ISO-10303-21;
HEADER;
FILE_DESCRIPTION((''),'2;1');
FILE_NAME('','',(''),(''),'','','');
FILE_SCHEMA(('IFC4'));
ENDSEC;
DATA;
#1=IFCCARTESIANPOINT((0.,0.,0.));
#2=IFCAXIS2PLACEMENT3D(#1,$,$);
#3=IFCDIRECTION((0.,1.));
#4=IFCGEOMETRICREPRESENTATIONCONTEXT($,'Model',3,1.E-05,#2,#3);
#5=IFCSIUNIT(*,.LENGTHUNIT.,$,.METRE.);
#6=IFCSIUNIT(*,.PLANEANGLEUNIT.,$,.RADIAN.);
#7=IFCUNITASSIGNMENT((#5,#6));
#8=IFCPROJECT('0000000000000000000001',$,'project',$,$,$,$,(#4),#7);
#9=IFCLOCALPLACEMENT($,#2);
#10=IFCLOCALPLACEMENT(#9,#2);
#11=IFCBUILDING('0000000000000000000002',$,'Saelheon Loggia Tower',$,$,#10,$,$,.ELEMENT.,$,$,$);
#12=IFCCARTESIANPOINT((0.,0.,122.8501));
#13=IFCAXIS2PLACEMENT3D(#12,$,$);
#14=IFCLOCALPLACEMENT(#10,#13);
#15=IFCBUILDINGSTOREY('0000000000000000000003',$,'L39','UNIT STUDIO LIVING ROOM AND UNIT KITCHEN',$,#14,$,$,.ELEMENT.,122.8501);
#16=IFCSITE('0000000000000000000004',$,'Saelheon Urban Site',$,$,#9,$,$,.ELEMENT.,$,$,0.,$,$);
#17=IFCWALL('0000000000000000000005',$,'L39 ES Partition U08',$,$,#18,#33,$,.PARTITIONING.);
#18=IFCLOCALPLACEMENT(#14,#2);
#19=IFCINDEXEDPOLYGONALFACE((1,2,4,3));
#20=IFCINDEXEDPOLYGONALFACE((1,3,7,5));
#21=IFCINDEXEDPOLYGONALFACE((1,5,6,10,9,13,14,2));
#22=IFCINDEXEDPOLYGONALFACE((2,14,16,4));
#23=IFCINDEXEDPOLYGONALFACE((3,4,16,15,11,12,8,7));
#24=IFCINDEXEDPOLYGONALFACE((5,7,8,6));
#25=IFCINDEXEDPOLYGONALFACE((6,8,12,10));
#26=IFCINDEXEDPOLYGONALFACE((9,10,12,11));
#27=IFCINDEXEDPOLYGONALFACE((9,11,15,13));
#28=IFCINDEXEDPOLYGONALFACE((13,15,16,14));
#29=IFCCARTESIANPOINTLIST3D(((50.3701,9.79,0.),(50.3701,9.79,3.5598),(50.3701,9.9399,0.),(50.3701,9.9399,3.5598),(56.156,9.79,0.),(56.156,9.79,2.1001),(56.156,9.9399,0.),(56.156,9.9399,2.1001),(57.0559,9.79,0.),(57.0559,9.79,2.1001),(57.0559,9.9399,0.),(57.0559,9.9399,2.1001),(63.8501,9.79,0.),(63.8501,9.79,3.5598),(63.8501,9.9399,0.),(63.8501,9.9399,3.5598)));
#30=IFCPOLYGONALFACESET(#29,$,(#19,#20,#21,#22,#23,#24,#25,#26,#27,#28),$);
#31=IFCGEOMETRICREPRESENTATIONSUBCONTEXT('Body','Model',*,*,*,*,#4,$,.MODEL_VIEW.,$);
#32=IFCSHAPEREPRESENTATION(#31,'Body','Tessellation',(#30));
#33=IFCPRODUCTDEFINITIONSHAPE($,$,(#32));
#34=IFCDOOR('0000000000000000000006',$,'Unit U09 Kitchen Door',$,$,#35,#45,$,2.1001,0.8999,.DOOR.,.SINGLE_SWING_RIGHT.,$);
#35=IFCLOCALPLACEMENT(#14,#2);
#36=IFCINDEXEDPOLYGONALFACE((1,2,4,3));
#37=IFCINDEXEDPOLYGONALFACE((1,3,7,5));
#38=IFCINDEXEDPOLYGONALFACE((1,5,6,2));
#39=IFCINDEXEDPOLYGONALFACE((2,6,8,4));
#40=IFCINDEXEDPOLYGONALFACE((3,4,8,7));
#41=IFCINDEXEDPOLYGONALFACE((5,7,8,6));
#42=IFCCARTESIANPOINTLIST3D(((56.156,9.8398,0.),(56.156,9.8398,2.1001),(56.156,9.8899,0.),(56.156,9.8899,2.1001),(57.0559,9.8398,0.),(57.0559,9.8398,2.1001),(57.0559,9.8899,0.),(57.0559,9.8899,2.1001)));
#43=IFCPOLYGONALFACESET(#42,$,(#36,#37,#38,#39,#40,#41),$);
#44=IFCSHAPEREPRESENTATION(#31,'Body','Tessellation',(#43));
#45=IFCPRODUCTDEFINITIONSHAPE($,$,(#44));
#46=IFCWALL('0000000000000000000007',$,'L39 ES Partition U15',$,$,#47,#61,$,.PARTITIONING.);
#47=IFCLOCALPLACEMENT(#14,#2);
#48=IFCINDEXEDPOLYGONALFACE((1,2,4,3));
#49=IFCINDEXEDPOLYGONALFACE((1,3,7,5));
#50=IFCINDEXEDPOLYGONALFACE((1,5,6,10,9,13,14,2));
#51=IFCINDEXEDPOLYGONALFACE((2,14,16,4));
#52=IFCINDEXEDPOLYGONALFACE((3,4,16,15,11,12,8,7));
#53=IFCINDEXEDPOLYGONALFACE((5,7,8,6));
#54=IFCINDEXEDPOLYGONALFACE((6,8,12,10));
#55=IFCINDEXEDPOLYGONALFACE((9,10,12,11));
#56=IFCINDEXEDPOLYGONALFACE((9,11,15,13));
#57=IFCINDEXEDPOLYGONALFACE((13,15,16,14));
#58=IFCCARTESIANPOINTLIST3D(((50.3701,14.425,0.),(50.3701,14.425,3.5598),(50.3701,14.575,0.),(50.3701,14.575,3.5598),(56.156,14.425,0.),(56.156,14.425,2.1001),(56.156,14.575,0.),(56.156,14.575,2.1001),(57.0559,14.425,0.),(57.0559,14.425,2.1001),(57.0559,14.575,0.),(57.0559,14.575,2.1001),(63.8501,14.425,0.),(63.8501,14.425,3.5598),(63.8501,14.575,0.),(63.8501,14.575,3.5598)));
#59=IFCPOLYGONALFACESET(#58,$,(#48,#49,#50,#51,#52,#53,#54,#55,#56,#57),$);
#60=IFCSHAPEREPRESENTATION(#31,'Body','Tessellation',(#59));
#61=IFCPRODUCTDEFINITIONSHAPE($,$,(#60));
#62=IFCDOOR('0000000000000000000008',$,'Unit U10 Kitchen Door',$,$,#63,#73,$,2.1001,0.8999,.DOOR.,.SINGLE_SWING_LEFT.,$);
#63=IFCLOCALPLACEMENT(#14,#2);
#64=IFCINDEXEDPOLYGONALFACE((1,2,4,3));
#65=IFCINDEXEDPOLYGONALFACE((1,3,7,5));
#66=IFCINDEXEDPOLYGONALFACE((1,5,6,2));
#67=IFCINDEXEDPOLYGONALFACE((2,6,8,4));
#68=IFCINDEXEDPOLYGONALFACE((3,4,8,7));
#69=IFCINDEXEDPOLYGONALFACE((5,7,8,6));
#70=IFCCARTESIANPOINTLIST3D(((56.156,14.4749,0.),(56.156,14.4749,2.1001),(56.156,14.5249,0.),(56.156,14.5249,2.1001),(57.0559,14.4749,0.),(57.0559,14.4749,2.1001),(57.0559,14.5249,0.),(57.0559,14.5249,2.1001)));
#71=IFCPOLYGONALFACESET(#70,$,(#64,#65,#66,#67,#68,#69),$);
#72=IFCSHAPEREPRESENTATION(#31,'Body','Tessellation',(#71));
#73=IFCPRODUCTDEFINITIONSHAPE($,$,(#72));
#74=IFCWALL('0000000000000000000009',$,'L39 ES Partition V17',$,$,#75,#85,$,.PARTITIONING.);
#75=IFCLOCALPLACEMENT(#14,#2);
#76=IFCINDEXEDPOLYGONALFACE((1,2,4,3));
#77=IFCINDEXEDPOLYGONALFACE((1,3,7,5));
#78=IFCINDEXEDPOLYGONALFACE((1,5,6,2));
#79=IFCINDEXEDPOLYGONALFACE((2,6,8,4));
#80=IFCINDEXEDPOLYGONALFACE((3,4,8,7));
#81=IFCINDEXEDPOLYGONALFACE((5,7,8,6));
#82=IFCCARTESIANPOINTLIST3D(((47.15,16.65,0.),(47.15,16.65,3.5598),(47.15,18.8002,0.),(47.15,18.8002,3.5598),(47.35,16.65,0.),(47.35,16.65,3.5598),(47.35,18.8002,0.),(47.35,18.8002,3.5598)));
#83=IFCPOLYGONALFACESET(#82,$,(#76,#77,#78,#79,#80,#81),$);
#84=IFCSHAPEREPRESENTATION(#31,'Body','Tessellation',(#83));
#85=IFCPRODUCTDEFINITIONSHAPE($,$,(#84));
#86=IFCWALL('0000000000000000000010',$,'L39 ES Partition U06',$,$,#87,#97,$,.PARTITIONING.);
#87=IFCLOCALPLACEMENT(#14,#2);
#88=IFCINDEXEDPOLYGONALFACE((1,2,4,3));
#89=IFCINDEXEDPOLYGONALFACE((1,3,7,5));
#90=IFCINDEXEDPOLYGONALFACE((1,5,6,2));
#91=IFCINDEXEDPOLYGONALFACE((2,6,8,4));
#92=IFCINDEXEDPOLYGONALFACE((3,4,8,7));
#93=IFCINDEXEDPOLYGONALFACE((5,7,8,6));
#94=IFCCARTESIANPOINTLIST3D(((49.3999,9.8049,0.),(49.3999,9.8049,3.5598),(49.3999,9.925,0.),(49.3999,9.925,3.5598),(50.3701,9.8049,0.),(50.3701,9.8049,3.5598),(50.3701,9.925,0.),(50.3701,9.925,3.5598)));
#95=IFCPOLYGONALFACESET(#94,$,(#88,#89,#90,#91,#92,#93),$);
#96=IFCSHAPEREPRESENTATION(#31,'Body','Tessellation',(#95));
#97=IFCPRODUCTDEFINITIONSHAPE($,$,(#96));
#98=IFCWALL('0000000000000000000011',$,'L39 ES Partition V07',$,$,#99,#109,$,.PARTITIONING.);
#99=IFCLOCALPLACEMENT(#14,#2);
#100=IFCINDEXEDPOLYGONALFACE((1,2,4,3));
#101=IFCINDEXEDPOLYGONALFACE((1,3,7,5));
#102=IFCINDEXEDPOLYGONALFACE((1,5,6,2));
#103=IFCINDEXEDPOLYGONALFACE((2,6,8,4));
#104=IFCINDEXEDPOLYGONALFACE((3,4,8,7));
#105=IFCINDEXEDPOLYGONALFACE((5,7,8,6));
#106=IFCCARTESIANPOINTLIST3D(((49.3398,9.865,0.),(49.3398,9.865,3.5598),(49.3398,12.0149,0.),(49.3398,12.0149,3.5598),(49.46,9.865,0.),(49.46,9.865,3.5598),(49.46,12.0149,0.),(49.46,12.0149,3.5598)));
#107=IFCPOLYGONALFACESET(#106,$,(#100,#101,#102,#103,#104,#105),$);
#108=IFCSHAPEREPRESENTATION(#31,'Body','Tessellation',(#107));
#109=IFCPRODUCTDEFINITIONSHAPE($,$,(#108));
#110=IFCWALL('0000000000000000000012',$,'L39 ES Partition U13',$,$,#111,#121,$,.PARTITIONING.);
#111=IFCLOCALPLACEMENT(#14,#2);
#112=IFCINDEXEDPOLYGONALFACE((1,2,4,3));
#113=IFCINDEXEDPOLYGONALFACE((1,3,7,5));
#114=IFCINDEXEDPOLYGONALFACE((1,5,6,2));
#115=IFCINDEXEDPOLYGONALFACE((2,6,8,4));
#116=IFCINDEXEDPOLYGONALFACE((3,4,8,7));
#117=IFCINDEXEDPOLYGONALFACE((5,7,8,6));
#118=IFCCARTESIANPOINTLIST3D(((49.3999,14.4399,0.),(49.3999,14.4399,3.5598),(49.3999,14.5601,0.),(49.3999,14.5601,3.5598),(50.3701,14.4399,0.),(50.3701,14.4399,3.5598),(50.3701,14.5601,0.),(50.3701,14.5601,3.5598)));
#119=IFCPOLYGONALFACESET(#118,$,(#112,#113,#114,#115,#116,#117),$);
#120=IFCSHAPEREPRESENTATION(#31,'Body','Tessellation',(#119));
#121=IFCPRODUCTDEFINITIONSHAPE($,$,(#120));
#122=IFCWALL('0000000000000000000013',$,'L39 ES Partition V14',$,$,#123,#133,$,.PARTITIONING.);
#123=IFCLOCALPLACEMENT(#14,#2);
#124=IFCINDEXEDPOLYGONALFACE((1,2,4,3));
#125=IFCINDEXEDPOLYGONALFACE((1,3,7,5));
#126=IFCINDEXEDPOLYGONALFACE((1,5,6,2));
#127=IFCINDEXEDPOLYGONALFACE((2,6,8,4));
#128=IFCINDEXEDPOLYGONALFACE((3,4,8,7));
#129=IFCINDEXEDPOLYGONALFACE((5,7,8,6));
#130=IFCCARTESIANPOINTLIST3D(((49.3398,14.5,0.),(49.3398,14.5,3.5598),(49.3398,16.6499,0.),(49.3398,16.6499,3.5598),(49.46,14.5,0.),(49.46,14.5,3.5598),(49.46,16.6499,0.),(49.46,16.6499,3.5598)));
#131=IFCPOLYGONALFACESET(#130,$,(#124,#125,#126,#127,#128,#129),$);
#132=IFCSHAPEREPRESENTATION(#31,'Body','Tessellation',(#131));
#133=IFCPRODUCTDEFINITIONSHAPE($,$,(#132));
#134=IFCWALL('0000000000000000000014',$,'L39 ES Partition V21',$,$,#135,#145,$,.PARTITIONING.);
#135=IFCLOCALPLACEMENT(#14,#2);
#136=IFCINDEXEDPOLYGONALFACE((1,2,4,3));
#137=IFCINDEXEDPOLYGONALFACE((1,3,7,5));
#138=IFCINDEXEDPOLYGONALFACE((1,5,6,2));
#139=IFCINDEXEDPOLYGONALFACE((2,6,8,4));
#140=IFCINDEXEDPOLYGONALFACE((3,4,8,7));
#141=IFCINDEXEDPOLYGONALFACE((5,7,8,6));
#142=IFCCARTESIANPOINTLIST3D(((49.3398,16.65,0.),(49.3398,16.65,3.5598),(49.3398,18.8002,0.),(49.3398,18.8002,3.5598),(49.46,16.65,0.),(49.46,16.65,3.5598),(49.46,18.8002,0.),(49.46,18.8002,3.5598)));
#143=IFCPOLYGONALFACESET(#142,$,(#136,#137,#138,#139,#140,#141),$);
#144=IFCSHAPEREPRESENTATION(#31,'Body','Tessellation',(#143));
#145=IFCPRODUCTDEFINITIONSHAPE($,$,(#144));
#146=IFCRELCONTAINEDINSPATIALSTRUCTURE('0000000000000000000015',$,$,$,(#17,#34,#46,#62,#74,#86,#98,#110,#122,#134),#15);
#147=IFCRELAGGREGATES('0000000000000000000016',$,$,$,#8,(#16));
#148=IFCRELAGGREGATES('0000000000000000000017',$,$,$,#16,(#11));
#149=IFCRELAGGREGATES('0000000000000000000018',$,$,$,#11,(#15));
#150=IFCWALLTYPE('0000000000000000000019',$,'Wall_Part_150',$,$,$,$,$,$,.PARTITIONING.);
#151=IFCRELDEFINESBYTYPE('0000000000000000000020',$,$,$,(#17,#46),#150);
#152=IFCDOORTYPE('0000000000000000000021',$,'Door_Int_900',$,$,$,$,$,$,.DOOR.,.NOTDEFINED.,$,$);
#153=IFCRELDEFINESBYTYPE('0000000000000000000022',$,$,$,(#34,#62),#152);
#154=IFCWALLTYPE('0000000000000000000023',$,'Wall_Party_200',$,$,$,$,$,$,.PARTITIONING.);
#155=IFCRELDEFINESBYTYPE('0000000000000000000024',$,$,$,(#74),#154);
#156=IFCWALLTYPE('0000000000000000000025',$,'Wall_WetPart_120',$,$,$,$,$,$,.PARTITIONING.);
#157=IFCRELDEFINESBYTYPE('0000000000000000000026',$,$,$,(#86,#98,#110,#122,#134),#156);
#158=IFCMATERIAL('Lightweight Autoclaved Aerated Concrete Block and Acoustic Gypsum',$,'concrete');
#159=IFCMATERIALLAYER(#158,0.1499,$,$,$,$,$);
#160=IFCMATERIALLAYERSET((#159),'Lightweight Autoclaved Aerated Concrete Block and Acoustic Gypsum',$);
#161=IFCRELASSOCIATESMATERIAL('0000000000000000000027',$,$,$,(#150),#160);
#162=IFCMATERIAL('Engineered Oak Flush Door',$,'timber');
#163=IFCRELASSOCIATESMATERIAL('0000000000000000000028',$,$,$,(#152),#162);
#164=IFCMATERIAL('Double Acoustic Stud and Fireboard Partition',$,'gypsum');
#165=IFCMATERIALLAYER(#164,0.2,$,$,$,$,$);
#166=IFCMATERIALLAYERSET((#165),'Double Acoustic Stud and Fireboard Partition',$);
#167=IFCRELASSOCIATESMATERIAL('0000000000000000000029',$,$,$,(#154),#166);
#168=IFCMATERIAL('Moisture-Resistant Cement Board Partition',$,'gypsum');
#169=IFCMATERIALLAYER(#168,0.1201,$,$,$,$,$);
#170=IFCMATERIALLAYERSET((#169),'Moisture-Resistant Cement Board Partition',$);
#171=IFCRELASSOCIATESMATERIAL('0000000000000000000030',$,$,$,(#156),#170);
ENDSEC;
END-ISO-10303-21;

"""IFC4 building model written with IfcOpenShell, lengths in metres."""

from ifc_helpers import new_model, si_unit, direction, frame, frame_2d, origin, place, context, subcontext, project, spatial, rectangle, extrude, source, transform, mapped, material, layer, layer_set, type_object, element, fill, save


model = new_model("IFC4")

# Units and contexts
model_context = context("Model", 3, precision=1e-05, world=origin(), true_north=direction((0.0, 1.0)))
body_context = subcontext(model_context, "Body", "Model", "MODEL_VIEW")
ifc_project = project(units=[si_unit("LENGTHUNIT", "METRE"), si_unit("PLANEANGLEUNIT", "RADIAN")], contexts=[model_context])

# Site, building, storey
site_placement = place(None, origin())
site = spatial("IfcSite", under=ifc_project, at=site_placement, Name="Saelheon Urban Site", CompositionType="ELEMENT", RefElevation=0.0)
building_placement = place(site_placement, origin())
building = spatial("IfcBuilding", under=site, at=building_placement, Name="Saelheon Loggia Tower", CompositionType="ELEMENT")
storey_placement = place(building_placement, frame((0.0, 0.0, 122.8501)))
storey = spatial("IfcBuildingStorey", under=building, at=storey_placement, Name="L39", Description="UNIT STUDIO LIVING ROOM AND UNIT KITCHEN", CompositionType="ELEMENT", Elevation=122.8501)

# Walls, openings, doors
ifc_material_1 = material(Name="Lightweight Autoclaved Aerated Concrete Block and Acoustic Gypsum", Category="concrete")
ifc_layer_1 = layer(ifc_material_1, 0.1499)
ifc_layer_set_1 = layer_set([ifc_layer_1], Name="Lightweight Autoclaved Aerated Concrete Block and Acoustic Gypsum")
wall_type_1 = type_object("IfcWallType", Name="Wall_Part_150", PredefinedType="PARTITIONING", material=ifc_layer_set_1)
wall_1_placement = place(storey_placement, frame((50.3701, 9.865, 0.0), z_axis=(0.0, 0.0, 1.0), x_axis=(1.0, 0.0, 0.0)))
wall_1 = element("IfcWall", 1, at=wall_1_placement, inside=storey, type_object=wall_type_1, Name="L39 ES Partition U08", PredefinedType="PARTITIONING", context=body_context, shape_type="SweptSolid", body=[
    extrude(rectangle(XDim=13.48, YDim=0.1499, at=frame_2d((6.74, 0.0))), origin(), (0.0, 0.0, 1.0), 3.5598),
])
opening_1_placement = place(wall_1_placement, frame((5.7859, 0.0, 0.0)))
opening_1 = element("IfcOpeningElement", 2, at=opening_1_placement, cuts=wall_1, PredefinedType="OPENING", context=body_context, shape_type="SweptSolid", body=[
    extrude(rectangle(XDim=0.8999, YDim=2.1001, at=frame_2d((0.45, 1.05))), frame((0.0, 0.0869, 0.0), z_axis=(0.0, -1.0, 0.0), x_axis=(1.0, 0.0, 0.0)), (0.0, 0.0, 1.0), 0.1738),
])
ifc_material_2 = material(Name="Engineered Oak Flush Door", Category="timber")
door_type = type_object("IfcDoorType", Name="Door_Int_900", OperationType="NOTDEFINED", PredefinedType="DOOR", material=ifc_material_2)
shared_shape = source(origin(), body_context, "Body", "SweptSolid", [
    extrude(rectangle(XDim=0.8999, YDim=2.1001, at=frame_2d((0.45, 1.05))), frame((0.0, 0.0249, 0.0), z_axis=(0.0, -1.0, 0.0), x_axis=(1.0, 0.0, 0.0)), (0.0, 0.0, 1.0), 0.05),
])
door_1_placement = place(opening_1_placement, origin())
door_1 = element("IfcDoor", 3, at=door_1_placement, inside=storey, type_object=door_type, Name="Unit U09 Kitchen Door", OperationType="SINGLE_SWING_RIGHT", OverallHeight=2.1001, OverallWidth=0.8999, PredefinedType="DOOR", context=body_context, shape_type="MappedRepresentation", body=[
    mapped(shared_shape, transform((0.0, 0.0, 0.0), scale=1.0)),
])
fill(opening_1, door_1)
wall_2_placement = place(storey_placement, frame((50.3701, 14.5, 0.0), z_axis=(0.0, 0.0, 1.0), x_axis=(1.0, 0.0, 0.0)))
wall_2 = element("IfcWall", 4, at=wall_2_placement, inside=storey, type_object=wall_type_1, Name="L39 ES Partition U15", PredefinedType="PARTITIONING", context=body_context, shape_type="SweptSolid", body=[
    extrude(rectangle(XDim=13.48, YDim=0.1499, at=frame_2d((6.74, 0.0))), origin(), (0.0, 0.0, 1.0), 3.5598),
])
opening_2_placement = place(wall_2_placement, frame((5.7859, 0.0, 0.0)))
opening_2 = element("IfcOpeningElement", 5, at=opening_2_placement, cuts=wall_2, PredefinedType="OPENING", context=body_context, shape_type="SweptSolid", body=[
    extrude(rectangle(XDim=0.8999, YDim=2.1001, at=frame_2d((0.45, 1.05))), frame((0.0, 0.0869, 0.0), z_axis=(0.0, -1.0, 0.0), x_axis=(1.0, 0.0, 0.0)), (0.0, 0.0, 1.0), 0.1738),
])
door_2_placement = place(opening_2_placement, origin())
door_2 = element("IfcDoor", 6, at=door_2_placement, inside=storey, type_object=door_type, Name="Unit U10 Kitchen Door", OperationType="SINGLE_SWING_LEFT", OverallHeight=2.1001, OverallWidth=0.8999, PredefinedType="DOOR", context=body_context, shape_type="MappedRepresentation", body=[
    mapped(shared_shape, transform((0.0, 0.0, 0.0), scale=1.0)),
])
fill(opening_2, door_2)

# Walls
ifc_material_3 = material(Name="Double Acoustic Stud and Fireboard Partition", Category="gypsum")
ifc_layer_2 = layer(ifc_material_3, 0.2)
ifc_layer_set_2 = layer_set([ifc_layer_2], Name="Double Acoustic Stud and Fireboard Partition")
wall_type_2 = type_object("IfcWallType", Name="Wall_Party_200", PredefinedType="PARTITIONING", material=ifc_layer_set_2)
wall_3_placement = place(storey_placement, frame((47.25, 16.6499, 0.0), z_axis=(0.0, 0.0, 1.0), x_axis=(0.0, 1.0, 0.0)))
element("IfcWall", 7, at=wall_3_placement, inside=storey, type_object=wall_type_2, Name="L39 ES Partition V17", PredefinedType="PARTITIONING", context=body_context, shape_type="SweptSolid", body=[
    extrude(rectangle(XDim=2.1501, YDim=0.2, at=frame_2d((1.0752, 0.0))), origin(), (0.0, 0.0, 1.0), 3.5598),
])
ifc_material_4 = material(Name="Moisture-Resistant Cement Board Partition", Category="gypsum")
ifc_layer_3 = layer(ifc_material_4, 0.1201)
ifc_layer_set_3 = layer_set([ifc_layer_3], Name="Moisture-Resistant Cement Board Partition")
wall_type_3 = type_object("IfcWallType", Name="Wall_WetPart_120", PredefinedType="PARTITIONING", material=ifc_layer_set_3)
wall_4_placement = place(storey_placement, frame((49.3999, 9.865, 0.0), z_axis=(0.0, 0.0, 1.0), x_axis=(1.0, 0.0, 0.0)))
element("IfcWall", 8, at=wall_4_placement, inside=storey, type_object=wall_type_3, Name="L39 ES Partition U06", PredefinedType="PARTITIONING", context=body_context, shape_type="SweptSolid", body=[
    extrude(rectangle(XDim=0.9702, YDim=0.1201, at=frame_2d((0.4851, 0.0))), origin(), (0.0, 0.0, 1.0), 3.5598),
])
wall_5_placement = place(storey_placement, frame((49.3999, 9.865, 0.0), z_axis=(0.0, 0.0, 1.0), x_axis=(0.0, 1.0, 0.0)))
element("IfcWall", 9, at=wall_5_placement, inside=storey, type_object=wall_type_3, Name="L39 ES Partition V07", PredefinedType="PARTITIONING", context=body_context, shape_type="SweptSolid", body=[
    extrude(rectangle(XDim=2.1499, YDim=0.1201, at=frame_2d((1.075, 0.0))), origin(), (0.0, 0.0, 1.0), 3.5598),
])
wall_6_placement = place(storey_placement, frame((49.3999, 14.5, 0.0), z_axis=(0.0, 0.0, 1.0), x_axis=(1.0, 0.0, 0.0)))
element("IfcWall", 10, at=wall_6_placement, inside=storey, type_object=wall_type_3, Name="L39 ES Partition U13", PredefinedType="PARTITIONING", context=body_context, shape_type="SweptSolid", body=[
    extrude(rectangle(XDim=0.9702, YDim=0.1201, at=frame_2d((0.4851, 0.0))), origin(), (0.0, 0.0, 1.0), 3.5598),
])
wall_7_placement = place(storey_placement, frame((49.3999, 14.5, 0.0), z_axis=(0.0, 0.0, 1.0), x_axis=(0.0, 1.0, 0.0)))
element("IfcWall", 11, at=wall_7_placement, inside=storey, type_object=wall_type_3, Name="L39 ES Partition V14", PredefinedType="PARTITIONING", context=body_context, shape_type="SweptSolid", body=[
    extrude(rectangle(XDim=2.1499, YDim=0.1201, at=frame_2d((1.075, 0.0))), origin(), (0.0, 0.0, 1.0), 3.5598),
])
wall_8_placement = place(storey_placement, frame((49.3999, 16.6499, 0.0), z_axis=(0.0, 0.0, 1.0), x_axis=(0.0, 1.0, 0.0)))
element("IfcWall", 12, at=wall_8_placement, inside=storey, type_object=wall_type_3, Name="L39 ES Partition V21", PredefinedType="PARTITIONING", context=body_context, shape_type="SweptSolid", body=[
    extrude(rectangle(XDim=2.1501, YDim=0.1201, at=frame_2d((1.0752, 0.0))), origin(), (0.0, 0.0, 1.0), 3.5598),
])

save(model, "model.ifc")
